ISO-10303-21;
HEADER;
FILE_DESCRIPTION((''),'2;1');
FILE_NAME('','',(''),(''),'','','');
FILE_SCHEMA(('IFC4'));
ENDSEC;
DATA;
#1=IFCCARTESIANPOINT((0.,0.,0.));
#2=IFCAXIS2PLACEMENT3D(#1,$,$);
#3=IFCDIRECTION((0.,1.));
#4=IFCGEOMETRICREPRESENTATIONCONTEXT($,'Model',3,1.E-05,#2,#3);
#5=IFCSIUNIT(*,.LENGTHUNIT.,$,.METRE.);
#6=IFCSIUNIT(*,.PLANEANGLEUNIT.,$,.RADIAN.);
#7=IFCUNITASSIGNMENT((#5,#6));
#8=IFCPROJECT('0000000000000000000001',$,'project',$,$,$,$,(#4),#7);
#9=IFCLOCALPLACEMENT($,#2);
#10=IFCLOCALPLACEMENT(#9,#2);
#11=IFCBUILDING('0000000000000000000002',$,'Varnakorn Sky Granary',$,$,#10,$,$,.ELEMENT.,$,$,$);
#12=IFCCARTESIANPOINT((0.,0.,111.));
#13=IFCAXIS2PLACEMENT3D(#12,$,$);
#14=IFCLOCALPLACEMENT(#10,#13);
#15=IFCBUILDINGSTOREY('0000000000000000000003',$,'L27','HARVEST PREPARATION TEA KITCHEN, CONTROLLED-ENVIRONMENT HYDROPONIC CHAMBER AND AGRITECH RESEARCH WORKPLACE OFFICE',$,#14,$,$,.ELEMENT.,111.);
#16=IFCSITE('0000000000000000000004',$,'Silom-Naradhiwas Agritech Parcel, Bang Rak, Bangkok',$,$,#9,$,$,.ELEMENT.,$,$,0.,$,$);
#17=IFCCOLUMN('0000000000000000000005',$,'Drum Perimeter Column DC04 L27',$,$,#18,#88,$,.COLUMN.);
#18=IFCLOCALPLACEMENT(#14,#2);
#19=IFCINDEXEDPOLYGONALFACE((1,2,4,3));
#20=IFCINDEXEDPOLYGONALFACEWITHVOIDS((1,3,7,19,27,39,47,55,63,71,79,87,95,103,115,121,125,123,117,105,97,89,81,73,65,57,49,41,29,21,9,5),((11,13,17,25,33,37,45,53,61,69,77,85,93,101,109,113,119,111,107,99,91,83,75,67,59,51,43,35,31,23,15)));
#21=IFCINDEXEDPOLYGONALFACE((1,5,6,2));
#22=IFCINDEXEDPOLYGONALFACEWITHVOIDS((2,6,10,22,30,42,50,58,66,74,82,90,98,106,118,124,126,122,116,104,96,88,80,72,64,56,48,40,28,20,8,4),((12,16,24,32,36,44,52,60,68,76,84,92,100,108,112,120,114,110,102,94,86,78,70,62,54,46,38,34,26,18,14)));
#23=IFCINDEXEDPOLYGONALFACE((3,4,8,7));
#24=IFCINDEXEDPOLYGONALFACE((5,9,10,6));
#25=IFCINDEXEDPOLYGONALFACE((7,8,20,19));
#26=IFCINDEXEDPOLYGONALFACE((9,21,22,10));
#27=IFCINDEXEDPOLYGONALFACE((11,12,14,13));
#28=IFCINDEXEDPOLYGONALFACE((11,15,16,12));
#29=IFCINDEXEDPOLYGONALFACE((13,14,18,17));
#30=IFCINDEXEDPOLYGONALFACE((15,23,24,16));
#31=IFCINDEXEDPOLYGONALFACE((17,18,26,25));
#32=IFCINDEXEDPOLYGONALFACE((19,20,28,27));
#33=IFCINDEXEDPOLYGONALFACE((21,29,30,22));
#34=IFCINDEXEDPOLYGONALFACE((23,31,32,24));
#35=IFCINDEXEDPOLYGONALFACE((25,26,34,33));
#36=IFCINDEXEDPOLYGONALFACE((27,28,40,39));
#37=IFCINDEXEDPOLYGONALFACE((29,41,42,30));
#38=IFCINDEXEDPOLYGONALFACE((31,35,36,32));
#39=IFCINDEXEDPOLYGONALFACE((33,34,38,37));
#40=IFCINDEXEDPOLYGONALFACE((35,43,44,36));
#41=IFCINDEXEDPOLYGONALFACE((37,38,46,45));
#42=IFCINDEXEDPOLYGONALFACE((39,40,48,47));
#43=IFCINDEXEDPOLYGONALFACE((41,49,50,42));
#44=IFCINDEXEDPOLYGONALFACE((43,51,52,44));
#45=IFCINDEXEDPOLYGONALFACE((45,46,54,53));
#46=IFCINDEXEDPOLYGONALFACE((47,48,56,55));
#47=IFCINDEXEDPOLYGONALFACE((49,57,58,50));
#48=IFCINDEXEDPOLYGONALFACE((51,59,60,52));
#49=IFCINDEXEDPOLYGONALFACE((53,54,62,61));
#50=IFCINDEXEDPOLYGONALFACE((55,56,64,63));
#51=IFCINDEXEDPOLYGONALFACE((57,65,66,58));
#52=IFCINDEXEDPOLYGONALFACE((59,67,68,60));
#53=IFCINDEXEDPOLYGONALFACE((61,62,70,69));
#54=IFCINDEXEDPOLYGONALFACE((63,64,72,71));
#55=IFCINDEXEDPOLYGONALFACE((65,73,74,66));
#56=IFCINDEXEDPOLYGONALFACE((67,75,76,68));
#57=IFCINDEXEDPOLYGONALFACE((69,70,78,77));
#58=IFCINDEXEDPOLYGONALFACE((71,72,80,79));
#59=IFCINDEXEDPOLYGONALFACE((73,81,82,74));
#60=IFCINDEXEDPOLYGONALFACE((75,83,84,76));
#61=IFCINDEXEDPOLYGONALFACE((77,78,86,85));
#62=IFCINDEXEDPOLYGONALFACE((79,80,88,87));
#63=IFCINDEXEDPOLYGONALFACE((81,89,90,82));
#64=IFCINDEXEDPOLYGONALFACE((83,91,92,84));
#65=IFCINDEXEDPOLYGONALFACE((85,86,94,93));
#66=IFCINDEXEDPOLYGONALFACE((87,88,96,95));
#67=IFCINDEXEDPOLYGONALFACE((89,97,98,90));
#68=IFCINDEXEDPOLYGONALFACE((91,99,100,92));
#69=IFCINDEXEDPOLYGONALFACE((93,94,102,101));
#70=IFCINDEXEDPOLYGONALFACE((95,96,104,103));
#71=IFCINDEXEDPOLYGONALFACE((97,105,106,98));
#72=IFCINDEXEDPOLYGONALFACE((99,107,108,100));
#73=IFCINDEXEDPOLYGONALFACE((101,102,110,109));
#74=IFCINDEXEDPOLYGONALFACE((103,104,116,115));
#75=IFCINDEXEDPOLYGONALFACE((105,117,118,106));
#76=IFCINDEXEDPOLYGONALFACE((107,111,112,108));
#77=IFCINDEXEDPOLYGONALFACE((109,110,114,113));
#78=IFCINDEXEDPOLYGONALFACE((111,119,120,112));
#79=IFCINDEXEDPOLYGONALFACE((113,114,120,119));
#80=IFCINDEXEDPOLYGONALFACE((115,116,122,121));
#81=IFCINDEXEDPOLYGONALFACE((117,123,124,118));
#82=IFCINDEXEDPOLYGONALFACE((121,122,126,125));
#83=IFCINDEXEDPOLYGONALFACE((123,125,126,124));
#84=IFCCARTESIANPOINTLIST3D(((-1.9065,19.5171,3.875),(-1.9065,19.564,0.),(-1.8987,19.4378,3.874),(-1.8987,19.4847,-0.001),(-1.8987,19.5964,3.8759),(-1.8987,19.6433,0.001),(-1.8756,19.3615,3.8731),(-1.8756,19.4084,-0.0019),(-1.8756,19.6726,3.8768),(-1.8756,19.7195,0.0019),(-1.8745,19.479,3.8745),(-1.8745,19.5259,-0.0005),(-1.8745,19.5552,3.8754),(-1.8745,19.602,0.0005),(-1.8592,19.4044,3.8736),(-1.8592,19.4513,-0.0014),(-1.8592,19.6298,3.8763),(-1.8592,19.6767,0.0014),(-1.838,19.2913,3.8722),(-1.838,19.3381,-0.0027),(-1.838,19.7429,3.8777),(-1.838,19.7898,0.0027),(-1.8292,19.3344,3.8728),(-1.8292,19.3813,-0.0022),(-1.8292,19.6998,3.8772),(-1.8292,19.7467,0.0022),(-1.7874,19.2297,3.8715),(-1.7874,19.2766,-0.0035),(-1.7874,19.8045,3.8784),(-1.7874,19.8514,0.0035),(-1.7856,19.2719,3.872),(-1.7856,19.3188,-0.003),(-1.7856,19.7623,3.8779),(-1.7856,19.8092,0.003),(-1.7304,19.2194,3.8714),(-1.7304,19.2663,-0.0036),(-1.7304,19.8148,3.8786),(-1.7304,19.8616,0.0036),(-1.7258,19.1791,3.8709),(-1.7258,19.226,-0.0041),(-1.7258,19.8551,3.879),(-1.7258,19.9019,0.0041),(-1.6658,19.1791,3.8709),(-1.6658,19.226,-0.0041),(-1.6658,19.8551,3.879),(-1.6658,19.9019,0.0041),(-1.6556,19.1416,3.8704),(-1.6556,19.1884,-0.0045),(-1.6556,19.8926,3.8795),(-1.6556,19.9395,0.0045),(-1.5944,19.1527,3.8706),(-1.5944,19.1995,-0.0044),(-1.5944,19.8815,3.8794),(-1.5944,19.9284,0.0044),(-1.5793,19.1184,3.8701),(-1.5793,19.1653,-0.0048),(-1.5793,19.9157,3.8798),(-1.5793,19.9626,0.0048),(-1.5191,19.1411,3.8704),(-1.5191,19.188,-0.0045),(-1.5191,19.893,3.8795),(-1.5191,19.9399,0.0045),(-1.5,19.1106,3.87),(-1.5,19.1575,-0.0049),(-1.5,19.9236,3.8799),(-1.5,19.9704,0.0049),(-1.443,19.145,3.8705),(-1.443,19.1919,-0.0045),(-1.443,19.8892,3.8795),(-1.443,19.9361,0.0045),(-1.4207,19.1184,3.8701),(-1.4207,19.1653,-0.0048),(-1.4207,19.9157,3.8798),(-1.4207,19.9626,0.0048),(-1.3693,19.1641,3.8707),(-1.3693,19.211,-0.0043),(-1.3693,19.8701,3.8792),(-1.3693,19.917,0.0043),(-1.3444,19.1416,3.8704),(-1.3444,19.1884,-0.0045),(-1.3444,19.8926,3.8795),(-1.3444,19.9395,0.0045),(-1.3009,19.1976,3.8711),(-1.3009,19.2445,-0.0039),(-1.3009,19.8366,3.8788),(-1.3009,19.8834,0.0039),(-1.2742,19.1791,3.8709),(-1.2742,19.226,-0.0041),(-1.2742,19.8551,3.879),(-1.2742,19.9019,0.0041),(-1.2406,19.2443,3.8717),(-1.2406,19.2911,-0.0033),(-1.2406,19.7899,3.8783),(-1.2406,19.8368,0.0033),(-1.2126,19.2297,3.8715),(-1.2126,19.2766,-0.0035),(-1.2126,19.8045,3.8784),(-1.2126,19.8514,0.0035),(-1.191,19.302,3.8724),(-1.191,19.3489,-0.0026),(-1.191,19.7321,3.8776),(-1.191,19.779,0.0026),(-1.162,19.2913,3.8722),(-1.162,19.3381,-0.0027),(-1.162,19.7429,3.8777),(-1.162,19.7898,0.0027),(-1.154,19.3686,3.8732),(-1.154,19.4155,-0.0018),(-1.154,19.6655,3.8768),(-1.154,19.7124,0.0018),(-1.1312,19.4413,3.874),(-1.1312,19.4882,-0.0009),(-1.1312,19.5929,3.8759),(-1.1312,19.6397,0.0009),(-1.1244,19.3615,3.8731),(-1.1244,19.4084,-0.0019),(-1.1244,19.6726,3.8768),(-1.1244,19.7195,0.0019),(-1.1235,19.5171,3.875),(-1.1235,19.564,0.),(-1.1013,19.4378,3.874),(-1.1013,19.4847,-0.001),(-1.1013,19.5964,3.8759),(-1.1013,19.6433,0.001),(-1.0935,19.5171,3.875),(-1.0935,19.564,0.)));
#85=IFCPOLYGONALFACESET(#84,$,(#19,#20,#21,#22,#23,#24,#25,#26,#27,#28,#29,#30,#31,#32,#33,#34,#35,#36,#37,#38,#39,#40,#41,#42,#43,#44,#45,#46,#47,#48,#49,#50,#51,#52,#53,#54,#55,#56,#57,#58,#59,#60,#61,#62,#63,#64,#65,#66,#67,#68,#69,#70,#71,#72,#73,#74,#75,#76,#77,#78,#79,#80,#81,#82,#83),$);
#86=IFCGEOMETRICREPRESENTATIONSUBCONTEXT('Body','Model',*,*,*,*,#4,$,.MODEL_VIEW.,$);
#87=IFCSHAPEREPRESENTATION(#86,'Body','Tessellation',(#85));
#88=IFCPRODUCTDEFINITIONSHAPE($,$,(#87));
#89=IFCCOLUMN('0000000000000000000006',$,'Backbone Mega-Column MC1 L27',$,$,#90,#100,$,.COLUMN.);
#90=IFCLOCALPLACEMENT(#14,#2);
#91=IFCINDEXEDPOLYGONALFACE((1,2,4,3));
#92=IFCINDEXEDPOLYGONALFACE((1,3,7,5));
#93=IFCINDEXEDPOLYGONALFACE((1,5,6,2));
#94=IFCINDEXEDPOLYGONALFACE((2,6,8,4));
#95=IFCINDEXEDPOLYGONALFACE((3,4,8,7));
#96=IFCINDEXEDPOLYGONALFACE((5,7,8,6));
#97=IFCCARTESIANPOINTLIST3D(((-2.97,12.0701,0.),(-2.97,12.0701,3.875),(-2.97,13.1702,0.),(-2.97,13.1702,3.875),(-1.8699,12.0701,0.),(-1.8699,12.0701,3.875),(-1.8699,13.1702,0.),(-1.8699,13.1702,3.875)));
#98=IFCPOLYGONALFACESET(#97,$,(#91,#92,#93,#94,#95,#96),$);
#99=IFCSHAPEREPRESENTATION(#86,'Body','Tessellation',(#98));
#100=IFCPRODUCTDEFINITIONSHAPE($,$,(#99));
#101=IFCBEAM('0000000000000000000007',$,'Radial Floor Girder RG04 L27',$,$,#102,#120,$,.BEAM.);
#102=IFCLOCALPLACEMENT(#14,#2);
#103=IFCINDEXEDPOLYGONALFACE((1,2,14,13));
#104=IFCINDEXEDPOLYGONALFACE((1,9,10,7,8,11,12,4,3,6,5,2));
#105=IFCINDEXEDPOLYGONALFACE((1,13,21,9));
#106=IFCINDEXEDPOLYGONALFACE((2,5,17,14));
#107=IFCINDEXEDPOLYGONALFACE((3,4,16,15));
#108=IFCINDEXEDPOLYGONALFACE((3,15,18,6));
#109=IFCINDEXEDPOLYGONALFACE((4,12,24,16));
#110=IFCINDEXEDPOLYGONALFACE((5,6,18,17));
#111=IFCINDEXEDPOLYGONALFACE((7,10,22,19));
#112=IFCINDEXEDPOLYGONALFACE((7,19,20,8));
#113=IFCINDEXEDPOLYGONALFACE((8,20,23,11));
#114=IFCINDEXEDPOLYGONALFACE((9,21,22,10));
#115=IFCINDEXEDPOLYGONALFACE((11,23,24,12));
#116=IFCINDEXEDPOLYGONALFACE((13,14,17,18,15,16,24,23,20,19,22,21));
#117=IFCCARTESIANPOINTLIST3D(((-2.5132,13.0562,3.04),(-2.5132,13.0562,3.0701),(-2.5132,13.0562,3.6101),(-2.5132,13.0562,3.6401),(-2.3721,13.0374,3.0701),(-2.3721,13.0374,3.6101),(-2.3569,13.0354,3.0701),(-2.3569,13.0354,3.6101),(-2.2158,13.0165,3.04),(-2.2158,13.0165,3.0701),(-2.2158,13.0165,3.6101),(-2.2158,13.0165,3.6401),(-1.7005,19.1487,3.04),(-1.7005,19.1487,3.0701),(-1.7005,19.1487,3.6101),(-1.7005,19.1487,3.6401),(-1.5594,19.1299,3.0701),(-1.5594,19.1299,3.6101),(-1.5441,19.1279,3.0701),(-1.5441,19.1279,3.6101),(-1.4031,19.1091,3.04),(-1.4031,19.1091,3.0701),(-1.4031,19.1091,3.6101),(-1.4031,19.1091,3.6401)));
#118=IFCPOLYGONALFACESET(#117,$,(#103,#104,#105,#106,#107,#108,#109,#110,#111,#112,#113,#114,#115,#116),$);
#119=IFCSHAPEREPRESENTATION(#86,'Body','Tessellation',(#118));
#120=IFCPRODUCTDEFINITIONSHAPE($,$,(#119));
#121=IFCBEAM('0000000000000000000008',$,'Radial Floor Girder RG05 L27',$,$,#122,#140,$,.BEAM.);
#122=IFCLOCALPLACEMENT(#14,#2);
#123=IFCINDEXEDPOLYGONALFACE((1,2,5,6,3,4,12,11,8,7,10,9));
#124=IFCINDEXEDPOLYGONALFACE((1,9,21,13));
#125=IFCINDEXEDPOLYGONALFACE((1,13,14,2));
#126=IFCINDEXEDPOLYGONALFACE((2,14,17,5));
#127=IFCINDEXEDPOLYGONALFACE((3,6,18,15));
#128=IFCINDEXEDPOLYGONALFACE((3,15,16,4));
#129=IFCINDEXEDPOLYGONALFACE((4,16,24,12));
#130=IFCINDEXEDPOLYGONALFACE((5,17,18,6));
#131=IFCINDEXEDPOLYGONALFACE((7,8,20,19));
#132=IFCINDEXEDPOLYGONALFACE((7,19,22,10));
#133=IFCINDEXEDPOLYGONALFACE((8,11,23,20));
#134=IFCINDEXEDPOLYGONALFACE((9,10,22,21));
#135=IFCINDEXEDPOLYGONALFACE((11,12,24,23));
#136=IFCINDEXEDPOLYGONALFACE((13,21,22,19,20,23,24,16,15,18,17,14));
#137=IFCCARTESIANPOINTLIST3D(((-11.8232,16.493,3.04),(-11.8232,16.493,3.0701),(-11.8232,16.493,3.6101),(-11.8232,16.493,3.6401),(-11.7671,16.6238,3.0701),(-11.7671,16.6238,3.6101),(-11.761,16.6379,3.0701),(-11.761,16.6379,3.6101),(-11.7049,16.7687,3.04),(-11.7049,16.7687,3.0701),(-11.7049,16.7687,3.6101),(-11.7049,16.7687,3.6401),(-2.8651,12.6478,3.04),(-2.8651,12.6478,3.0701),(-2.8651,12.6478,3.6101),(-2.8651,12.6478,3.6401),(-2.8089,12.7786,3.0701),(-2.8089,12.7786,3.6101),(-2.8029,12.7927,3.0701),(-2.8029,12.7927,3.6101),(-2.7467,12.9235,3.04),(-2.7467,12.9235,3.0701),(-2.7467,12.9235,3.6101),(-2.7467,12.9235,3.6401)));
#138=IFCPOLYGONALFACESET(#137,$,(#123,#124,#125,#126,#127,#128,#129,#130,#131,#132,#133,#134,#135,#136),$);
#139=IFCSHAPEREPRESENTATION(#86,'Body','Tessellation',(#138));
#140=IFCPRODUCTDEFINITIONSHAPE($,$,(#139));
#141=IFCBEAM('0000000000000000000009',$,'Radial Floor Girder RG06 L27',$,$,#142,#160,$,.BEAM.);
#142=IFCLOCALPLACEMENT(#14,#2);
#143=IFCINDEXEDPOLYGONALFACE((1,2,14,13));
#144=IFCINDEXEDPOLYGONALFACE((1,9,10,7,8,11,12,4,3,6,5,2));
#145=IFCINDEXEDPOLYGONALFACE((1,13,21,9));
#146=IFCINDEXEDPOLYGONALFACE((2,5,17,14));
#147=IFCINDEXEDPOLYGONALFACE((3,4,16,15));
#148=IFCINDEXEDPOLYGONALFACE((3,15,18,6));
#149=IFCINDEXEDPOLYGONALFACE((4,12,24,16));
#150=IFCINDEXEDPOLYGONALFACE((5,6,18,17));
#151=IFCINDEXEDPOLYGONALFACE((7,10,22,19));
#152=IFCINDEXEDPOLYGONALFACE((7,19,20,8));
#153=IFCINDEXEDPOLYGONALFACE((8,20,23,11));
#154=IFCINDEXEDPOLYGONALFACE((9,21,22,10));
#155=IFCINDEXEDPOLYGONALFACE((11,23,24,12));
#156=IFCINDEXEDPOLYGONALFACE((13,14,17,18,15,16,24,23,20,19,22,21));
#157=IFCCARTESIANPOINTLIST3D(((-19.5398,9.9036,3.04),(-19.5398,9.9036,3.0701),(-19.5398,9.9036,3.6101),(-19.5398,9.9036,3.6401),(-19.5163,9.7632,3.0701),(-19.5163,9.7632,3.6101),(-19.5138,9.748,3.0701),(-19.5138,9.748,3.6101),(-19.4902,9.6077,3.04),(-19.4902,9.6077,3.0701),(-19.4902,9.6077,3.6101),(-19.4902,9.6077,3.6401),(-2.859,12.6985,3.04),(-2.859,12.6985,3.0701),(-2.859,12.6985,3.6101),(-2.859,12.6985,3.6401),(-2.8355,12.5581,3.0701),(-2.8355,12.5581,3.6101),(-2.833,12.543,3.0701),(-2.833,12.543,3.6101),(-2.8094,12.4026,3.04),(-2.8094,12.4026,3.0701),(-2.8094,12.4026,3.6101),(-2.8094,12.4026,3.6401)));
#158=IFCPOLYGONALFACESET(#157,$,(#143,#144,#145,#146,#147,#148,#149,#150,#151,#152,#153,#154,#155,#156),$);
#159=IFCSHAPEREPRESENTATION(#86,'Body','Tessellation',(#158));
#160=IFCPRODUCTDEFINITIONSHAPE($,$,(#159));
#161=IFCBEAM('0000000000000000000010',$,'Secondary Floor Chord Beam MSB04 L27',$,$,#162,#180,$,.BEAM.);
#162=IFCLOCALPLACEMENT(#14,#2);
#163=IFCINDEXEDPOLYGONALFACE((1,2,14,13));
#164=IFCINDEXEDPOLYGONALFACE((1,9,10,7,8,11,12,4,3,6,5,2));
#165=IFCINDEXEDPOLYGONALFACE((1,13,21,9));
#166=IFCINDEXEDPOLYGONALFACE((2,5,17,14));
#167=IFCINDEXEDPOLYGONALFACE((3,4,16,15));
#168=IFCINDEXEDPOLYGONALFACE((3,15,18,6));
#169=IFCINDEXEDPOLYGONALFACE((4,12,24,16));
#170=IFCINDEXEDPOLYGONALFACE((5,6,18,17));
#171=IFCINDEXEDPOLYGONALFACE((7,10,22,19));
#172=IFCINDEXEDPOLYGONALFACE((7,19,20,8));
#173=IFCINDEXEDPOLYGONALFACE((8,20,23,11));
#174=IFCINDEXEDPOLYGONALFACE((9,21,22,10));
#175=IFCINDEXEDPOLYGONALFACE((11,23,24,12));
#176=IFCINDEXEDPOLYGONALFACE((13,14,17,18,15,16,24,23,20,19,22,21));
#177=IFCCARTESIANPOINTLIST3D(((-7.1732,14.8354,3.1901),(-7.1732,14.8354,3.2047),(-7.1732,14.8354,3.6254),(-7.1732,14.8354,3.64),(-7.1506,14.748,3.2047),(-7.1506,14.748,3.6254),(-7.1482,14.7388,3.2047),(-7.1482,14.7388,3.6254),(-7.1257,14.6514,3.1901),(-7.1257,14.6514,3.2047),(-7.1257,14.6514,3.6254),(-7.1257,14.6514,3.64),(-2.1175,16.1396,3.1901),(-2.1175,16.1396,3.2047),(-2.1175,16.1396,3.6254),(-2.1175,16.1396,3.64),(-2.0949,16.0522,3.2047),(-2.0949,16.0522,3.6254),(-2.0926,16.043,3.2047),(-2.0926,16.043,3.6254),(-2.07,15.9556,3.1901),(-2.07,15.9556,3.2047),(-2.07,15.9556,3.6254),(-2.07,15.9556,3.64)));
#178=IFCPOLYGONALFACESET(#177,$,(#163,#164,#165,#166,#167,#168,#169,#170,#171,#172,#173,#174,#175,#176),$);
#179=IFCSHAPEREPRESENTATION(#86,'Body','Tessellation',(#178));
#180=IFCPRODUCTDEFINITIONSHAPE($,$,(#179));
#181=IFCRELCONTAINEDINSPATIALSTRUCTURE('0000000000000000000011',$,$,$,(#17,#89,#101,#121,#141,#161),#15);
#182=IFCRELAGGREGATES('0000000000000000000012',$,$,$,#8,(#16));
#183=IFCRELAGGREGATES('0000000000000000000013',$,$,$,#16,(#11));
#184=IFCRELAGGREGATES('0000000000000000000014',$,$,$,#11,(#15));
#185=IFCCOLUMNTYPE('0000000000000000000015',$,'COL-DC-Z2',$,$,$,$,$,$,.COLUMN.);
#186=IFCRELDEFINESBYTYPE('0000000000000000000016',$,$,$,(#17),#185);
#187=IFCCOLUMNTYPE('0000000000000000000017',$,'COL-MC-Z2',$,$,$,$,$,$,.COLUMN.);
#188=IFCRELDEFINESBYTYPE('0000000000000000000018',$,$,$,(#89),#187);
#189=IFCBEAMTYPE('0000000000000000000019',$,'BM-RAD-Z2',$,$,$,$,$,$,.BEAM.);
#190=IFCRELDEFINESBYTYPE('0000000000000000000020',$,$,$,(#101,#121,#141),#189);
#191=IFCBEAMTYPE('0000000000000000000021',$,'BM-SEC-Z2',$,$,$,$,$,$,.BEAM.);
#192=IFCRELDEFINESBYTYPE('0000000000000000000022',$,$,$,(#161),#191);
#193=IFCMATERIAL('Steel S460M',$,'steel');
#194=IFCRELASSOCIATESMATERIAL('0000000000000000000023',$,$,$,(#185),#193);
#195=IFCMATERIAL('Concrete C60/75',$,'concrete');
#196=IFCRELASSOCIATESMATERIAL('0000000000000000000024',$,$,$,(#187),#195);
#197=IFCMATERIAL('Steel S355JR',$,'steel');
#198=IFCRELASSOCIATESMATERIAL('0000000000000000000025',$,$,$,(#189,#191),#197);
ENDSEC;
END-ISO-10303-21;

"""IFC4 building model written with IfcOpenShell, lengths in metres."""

from ifc_helpers import new_model, si_unit, direction, frame, origin, origin_2d, place, context, subcontext, project, spatial, rectangle, hollow_circle, i_section, extrude, material, material_profile, profile_set, type_object, element, save


model = new_model("IFC4")

# Units and contexts
model_context = context("Model", 3, precision=1e-05, world=origin(), true_north=direction((0.0, 1.0)))
body_context = subcontext(model_context, "Body", "Model", "MODEL_VIEW")
ifc_project = project(units=[si_unit("LENGTHUNIT", "METRE"), si_unit("PLANEANGLEUNIT", "RADIAN")], contexts=[model_context])

# Site, building, storey
site_placement = place(None, origin())
site = spatial("IfcSite", under=ifc_project, at=site_placement, Name="Silom-Naradhiwas Agritech Parcel, Bang Rak, Bangkok", CompositionType="ELEMENT", RefElevation=0.0)
building_placement = place(site_placement, origin())
building = spatial("IfcBuilding", under=site, at=building_placement, Name="Varnakorn Sky Granary", CompositionType="ELEMENT")
storey_placement = place(building_placement, frame((0.0, 0.0, 111.0)))
storey = spatial("IfcBuildingStorey", under=building, at=storey_placement, Name="L27", Description="HARVEST PREPARATION TEA KITCHEN, CONTROLLED-ENVIRONMENT HYDROPONIC CHAMBER AND AGRITECH RESEARCH WORKPLACE OFFICE", CompositionType="ELEMENT", Elevation=111.0)

# Columns
ifc_material_1 = material(Name="Steel S460M", Category="steel")
ifc_material_profile_1 = material_profile(ifc_material_1, hollow_circle(Radius=0.4065, WallThickness=0.03, at=origin_2d()), Name="CHS 813x30")
ifc_profile_set_1 = profile_set([ifc_material_profile_1], Name="Steel S460M")
column_type_1 = type_object("IfcColumnType", Name="COL-DC-Z2", PredefinedType="COLUMN", material=ifc_profile_set_1)
column_1_placement = place(storey_placement, frame((-1.5, 19.564, 0.0), z_axis=(0.0, -0.012096, 0.999927), x_axis=(1.0, 0.0, 0.0)))
element("IfcColumn", 1, at=column_1_placement, inside=storey, type_object=column_type_1, Name="Drum Perimeter Column DC04 L27", PredefinedType="COLUMN", context=body_context, shape_type="SweptSolid", body=[
    extrude(hollow_circle(Radius=0.4065, WallThickness=0.03, at=origin_2d()), origin(), (0.0, 0.0, 1.0), 3.8752),
])
ifc_material_2 = material(Name="Concrete C60/75", Category="concrete")
ifc_material_profile_2 = material_profile(ifc_material_2, rectangle(XDim=1.1001, YDim=1.1001, at=origin_2d()), Name="RC 1100x1100")
ifc_profile_set_2 = profile_set([ifc_material_profile_2], Name="Concrete C60/75")
column_type_2 = type_object("IfcColumnType", Name="COL-MC-Z2", PredefinedType="COLUMN", material=ifc_profile_set_2)
column_2_placement = place(storey_placement, frame((-2.4199, 12.6201, 0.0), z_axis=(0.0, 0.0, 1.0), x_axis=(1.0, 0.0, 0.0)))
element("IfcColumn", 2, at=column_2_placement, inside=storey, type_object=column_type_2, Name="Backbone Mega-Column MC1 L27", PredefinedType="COLUMN", context=body_context, shape_type="SweptSolid", body=[
    extrude(rectangle(XDim=1.1001, YDim=1.1001, at=origin_2d()), origin(), (0.0, 0.0, 1.0), 3.875),
])

# Beams
ifc_material_3 = material(Name="Steel S355JR", Category="steel")
ifc_material_profile_3 = material_profile(ifc_material_3, i_section(OverallWidth=0.3, OverallDepth=0.6001, WebThickness=0.0154, FlangeThickness=0.03, at=origin_2d()), Name="HE 600 B")
ifc_profile_set_3 = profile_set([ifc_material_profile_3], Name="Steel S355JR")
beam_type_1 = type_object("IfcBeamType", Name="BM-RAD-Z2", PredefinedType="BEAM", material=ifc_profile_set_3)
beam_1_placement = place(storey_placement, frame((-2.3645, 13.0364, 3.3401), z_axis=(0.132229, 0.991219, 0.0), x_axis=(-0.991219, 0.132229, 0.0)))
element("IfcBeam", 3, at=beam_1_placement, inside=storey, type_object=beam_type_1, Name="Radial Floor Girder RG04 L27", PredefinedType="BEAM", context=body_context, shape_type="SweptSolid", body=[
    extrude(i_section(OverallWidth=0.3, OverallDepth=0.6001, WebThickness=0.0154, FlangeThickness=0.03, at=origin_2d()), origin(), (0.0, 0.0, 1.0), 6.1465),
])
beam_2_placement = place(storey_placement, frame((-2.8059, 12.7856, 3.3401), z_axis=(-0.918923, 0.394436, 0.0), x_axis=(-0.394436, -0.918923, 0.0)))
element("IfcBeam", 4, at=beam_2_placement, inside=storey, type_object=beam_type_1, Name="Radial Floor Girder RG05 L27", PredefinedType="BEAM", context=body_context, shape_type="SweptSolid", body=[
    extrude(i_section(OverallWidth=0.3, OverallDepth=0.6001, WebThickness=0.0154, FlangeThickness=0.03, at=origin_2d()), origin(), (0.0, 0.0, 1.0), 9.7485),
])
beam_3_placement = place(storey_placement, frame((-2.8342, 12.5505, 3.3401), z_axis=(-0.986252, -0.165249, 0.0), x_axis=(0.165249, -0.986252, 0.0)))
element("IfcBeam", 5, at=beam_3_placement, inside=storey, type_object=beam_type_1, Name="Radial Floor Girder RG06 L27", PredefinedType="BEAM", context=body_context, shape_type="SweptSolid", body=[
    extrude(i_section(OverallWidth=0.3, OverallDepth=0.6001, WebThickness=0.0154, FlangeThickness=0.03, at=origin_2d()), origin(), (0.0, 0.0, 1.0), 16.9133),
])
ifc_material_profile_4 = material_profile(ifc_material_3, i_section(OverallWidth=0.1899, OverallDepth=0.45, WebThickness=0.0095, FlangeThickness=0.0146, at=origin_2d()), Name="IPE 450")
ifc_profile_set_4 = profile_set([ifc_material_profile_4], Name="Steel S355JR")
beam_type_2 = type_object("IfcBeamType", Name="BM-SEC-Z2", PredefinedType="BEAM", material=ifc_profile_set_4)
beam_4_placement = place(storey_placement, frame((-2.0938, 16.0476, 3.415), z_axis=(-0.9683, -0.24979, 0.0), x_axis=(0.24979, -0.9683, 0.0)))
element("IfcBeam", 6, at=beam_4_placement, inside=storey, type_object=beam_type_2, Name="Secondary Floor Chord Beam MSB04 L27", PredefinedType="BEAM", context=body_context, shape_type="SweptSolid", body=[
    extrude(i_section(OverallWidth=0.1899, OverallDepth=0.45, WebThickness=0.0095, FlangeThickness=0.0146, at=origin_2d()), origin(), (0.0, 0.0, 1.0), 5.2212),
])

save(model, "model.ifc")
